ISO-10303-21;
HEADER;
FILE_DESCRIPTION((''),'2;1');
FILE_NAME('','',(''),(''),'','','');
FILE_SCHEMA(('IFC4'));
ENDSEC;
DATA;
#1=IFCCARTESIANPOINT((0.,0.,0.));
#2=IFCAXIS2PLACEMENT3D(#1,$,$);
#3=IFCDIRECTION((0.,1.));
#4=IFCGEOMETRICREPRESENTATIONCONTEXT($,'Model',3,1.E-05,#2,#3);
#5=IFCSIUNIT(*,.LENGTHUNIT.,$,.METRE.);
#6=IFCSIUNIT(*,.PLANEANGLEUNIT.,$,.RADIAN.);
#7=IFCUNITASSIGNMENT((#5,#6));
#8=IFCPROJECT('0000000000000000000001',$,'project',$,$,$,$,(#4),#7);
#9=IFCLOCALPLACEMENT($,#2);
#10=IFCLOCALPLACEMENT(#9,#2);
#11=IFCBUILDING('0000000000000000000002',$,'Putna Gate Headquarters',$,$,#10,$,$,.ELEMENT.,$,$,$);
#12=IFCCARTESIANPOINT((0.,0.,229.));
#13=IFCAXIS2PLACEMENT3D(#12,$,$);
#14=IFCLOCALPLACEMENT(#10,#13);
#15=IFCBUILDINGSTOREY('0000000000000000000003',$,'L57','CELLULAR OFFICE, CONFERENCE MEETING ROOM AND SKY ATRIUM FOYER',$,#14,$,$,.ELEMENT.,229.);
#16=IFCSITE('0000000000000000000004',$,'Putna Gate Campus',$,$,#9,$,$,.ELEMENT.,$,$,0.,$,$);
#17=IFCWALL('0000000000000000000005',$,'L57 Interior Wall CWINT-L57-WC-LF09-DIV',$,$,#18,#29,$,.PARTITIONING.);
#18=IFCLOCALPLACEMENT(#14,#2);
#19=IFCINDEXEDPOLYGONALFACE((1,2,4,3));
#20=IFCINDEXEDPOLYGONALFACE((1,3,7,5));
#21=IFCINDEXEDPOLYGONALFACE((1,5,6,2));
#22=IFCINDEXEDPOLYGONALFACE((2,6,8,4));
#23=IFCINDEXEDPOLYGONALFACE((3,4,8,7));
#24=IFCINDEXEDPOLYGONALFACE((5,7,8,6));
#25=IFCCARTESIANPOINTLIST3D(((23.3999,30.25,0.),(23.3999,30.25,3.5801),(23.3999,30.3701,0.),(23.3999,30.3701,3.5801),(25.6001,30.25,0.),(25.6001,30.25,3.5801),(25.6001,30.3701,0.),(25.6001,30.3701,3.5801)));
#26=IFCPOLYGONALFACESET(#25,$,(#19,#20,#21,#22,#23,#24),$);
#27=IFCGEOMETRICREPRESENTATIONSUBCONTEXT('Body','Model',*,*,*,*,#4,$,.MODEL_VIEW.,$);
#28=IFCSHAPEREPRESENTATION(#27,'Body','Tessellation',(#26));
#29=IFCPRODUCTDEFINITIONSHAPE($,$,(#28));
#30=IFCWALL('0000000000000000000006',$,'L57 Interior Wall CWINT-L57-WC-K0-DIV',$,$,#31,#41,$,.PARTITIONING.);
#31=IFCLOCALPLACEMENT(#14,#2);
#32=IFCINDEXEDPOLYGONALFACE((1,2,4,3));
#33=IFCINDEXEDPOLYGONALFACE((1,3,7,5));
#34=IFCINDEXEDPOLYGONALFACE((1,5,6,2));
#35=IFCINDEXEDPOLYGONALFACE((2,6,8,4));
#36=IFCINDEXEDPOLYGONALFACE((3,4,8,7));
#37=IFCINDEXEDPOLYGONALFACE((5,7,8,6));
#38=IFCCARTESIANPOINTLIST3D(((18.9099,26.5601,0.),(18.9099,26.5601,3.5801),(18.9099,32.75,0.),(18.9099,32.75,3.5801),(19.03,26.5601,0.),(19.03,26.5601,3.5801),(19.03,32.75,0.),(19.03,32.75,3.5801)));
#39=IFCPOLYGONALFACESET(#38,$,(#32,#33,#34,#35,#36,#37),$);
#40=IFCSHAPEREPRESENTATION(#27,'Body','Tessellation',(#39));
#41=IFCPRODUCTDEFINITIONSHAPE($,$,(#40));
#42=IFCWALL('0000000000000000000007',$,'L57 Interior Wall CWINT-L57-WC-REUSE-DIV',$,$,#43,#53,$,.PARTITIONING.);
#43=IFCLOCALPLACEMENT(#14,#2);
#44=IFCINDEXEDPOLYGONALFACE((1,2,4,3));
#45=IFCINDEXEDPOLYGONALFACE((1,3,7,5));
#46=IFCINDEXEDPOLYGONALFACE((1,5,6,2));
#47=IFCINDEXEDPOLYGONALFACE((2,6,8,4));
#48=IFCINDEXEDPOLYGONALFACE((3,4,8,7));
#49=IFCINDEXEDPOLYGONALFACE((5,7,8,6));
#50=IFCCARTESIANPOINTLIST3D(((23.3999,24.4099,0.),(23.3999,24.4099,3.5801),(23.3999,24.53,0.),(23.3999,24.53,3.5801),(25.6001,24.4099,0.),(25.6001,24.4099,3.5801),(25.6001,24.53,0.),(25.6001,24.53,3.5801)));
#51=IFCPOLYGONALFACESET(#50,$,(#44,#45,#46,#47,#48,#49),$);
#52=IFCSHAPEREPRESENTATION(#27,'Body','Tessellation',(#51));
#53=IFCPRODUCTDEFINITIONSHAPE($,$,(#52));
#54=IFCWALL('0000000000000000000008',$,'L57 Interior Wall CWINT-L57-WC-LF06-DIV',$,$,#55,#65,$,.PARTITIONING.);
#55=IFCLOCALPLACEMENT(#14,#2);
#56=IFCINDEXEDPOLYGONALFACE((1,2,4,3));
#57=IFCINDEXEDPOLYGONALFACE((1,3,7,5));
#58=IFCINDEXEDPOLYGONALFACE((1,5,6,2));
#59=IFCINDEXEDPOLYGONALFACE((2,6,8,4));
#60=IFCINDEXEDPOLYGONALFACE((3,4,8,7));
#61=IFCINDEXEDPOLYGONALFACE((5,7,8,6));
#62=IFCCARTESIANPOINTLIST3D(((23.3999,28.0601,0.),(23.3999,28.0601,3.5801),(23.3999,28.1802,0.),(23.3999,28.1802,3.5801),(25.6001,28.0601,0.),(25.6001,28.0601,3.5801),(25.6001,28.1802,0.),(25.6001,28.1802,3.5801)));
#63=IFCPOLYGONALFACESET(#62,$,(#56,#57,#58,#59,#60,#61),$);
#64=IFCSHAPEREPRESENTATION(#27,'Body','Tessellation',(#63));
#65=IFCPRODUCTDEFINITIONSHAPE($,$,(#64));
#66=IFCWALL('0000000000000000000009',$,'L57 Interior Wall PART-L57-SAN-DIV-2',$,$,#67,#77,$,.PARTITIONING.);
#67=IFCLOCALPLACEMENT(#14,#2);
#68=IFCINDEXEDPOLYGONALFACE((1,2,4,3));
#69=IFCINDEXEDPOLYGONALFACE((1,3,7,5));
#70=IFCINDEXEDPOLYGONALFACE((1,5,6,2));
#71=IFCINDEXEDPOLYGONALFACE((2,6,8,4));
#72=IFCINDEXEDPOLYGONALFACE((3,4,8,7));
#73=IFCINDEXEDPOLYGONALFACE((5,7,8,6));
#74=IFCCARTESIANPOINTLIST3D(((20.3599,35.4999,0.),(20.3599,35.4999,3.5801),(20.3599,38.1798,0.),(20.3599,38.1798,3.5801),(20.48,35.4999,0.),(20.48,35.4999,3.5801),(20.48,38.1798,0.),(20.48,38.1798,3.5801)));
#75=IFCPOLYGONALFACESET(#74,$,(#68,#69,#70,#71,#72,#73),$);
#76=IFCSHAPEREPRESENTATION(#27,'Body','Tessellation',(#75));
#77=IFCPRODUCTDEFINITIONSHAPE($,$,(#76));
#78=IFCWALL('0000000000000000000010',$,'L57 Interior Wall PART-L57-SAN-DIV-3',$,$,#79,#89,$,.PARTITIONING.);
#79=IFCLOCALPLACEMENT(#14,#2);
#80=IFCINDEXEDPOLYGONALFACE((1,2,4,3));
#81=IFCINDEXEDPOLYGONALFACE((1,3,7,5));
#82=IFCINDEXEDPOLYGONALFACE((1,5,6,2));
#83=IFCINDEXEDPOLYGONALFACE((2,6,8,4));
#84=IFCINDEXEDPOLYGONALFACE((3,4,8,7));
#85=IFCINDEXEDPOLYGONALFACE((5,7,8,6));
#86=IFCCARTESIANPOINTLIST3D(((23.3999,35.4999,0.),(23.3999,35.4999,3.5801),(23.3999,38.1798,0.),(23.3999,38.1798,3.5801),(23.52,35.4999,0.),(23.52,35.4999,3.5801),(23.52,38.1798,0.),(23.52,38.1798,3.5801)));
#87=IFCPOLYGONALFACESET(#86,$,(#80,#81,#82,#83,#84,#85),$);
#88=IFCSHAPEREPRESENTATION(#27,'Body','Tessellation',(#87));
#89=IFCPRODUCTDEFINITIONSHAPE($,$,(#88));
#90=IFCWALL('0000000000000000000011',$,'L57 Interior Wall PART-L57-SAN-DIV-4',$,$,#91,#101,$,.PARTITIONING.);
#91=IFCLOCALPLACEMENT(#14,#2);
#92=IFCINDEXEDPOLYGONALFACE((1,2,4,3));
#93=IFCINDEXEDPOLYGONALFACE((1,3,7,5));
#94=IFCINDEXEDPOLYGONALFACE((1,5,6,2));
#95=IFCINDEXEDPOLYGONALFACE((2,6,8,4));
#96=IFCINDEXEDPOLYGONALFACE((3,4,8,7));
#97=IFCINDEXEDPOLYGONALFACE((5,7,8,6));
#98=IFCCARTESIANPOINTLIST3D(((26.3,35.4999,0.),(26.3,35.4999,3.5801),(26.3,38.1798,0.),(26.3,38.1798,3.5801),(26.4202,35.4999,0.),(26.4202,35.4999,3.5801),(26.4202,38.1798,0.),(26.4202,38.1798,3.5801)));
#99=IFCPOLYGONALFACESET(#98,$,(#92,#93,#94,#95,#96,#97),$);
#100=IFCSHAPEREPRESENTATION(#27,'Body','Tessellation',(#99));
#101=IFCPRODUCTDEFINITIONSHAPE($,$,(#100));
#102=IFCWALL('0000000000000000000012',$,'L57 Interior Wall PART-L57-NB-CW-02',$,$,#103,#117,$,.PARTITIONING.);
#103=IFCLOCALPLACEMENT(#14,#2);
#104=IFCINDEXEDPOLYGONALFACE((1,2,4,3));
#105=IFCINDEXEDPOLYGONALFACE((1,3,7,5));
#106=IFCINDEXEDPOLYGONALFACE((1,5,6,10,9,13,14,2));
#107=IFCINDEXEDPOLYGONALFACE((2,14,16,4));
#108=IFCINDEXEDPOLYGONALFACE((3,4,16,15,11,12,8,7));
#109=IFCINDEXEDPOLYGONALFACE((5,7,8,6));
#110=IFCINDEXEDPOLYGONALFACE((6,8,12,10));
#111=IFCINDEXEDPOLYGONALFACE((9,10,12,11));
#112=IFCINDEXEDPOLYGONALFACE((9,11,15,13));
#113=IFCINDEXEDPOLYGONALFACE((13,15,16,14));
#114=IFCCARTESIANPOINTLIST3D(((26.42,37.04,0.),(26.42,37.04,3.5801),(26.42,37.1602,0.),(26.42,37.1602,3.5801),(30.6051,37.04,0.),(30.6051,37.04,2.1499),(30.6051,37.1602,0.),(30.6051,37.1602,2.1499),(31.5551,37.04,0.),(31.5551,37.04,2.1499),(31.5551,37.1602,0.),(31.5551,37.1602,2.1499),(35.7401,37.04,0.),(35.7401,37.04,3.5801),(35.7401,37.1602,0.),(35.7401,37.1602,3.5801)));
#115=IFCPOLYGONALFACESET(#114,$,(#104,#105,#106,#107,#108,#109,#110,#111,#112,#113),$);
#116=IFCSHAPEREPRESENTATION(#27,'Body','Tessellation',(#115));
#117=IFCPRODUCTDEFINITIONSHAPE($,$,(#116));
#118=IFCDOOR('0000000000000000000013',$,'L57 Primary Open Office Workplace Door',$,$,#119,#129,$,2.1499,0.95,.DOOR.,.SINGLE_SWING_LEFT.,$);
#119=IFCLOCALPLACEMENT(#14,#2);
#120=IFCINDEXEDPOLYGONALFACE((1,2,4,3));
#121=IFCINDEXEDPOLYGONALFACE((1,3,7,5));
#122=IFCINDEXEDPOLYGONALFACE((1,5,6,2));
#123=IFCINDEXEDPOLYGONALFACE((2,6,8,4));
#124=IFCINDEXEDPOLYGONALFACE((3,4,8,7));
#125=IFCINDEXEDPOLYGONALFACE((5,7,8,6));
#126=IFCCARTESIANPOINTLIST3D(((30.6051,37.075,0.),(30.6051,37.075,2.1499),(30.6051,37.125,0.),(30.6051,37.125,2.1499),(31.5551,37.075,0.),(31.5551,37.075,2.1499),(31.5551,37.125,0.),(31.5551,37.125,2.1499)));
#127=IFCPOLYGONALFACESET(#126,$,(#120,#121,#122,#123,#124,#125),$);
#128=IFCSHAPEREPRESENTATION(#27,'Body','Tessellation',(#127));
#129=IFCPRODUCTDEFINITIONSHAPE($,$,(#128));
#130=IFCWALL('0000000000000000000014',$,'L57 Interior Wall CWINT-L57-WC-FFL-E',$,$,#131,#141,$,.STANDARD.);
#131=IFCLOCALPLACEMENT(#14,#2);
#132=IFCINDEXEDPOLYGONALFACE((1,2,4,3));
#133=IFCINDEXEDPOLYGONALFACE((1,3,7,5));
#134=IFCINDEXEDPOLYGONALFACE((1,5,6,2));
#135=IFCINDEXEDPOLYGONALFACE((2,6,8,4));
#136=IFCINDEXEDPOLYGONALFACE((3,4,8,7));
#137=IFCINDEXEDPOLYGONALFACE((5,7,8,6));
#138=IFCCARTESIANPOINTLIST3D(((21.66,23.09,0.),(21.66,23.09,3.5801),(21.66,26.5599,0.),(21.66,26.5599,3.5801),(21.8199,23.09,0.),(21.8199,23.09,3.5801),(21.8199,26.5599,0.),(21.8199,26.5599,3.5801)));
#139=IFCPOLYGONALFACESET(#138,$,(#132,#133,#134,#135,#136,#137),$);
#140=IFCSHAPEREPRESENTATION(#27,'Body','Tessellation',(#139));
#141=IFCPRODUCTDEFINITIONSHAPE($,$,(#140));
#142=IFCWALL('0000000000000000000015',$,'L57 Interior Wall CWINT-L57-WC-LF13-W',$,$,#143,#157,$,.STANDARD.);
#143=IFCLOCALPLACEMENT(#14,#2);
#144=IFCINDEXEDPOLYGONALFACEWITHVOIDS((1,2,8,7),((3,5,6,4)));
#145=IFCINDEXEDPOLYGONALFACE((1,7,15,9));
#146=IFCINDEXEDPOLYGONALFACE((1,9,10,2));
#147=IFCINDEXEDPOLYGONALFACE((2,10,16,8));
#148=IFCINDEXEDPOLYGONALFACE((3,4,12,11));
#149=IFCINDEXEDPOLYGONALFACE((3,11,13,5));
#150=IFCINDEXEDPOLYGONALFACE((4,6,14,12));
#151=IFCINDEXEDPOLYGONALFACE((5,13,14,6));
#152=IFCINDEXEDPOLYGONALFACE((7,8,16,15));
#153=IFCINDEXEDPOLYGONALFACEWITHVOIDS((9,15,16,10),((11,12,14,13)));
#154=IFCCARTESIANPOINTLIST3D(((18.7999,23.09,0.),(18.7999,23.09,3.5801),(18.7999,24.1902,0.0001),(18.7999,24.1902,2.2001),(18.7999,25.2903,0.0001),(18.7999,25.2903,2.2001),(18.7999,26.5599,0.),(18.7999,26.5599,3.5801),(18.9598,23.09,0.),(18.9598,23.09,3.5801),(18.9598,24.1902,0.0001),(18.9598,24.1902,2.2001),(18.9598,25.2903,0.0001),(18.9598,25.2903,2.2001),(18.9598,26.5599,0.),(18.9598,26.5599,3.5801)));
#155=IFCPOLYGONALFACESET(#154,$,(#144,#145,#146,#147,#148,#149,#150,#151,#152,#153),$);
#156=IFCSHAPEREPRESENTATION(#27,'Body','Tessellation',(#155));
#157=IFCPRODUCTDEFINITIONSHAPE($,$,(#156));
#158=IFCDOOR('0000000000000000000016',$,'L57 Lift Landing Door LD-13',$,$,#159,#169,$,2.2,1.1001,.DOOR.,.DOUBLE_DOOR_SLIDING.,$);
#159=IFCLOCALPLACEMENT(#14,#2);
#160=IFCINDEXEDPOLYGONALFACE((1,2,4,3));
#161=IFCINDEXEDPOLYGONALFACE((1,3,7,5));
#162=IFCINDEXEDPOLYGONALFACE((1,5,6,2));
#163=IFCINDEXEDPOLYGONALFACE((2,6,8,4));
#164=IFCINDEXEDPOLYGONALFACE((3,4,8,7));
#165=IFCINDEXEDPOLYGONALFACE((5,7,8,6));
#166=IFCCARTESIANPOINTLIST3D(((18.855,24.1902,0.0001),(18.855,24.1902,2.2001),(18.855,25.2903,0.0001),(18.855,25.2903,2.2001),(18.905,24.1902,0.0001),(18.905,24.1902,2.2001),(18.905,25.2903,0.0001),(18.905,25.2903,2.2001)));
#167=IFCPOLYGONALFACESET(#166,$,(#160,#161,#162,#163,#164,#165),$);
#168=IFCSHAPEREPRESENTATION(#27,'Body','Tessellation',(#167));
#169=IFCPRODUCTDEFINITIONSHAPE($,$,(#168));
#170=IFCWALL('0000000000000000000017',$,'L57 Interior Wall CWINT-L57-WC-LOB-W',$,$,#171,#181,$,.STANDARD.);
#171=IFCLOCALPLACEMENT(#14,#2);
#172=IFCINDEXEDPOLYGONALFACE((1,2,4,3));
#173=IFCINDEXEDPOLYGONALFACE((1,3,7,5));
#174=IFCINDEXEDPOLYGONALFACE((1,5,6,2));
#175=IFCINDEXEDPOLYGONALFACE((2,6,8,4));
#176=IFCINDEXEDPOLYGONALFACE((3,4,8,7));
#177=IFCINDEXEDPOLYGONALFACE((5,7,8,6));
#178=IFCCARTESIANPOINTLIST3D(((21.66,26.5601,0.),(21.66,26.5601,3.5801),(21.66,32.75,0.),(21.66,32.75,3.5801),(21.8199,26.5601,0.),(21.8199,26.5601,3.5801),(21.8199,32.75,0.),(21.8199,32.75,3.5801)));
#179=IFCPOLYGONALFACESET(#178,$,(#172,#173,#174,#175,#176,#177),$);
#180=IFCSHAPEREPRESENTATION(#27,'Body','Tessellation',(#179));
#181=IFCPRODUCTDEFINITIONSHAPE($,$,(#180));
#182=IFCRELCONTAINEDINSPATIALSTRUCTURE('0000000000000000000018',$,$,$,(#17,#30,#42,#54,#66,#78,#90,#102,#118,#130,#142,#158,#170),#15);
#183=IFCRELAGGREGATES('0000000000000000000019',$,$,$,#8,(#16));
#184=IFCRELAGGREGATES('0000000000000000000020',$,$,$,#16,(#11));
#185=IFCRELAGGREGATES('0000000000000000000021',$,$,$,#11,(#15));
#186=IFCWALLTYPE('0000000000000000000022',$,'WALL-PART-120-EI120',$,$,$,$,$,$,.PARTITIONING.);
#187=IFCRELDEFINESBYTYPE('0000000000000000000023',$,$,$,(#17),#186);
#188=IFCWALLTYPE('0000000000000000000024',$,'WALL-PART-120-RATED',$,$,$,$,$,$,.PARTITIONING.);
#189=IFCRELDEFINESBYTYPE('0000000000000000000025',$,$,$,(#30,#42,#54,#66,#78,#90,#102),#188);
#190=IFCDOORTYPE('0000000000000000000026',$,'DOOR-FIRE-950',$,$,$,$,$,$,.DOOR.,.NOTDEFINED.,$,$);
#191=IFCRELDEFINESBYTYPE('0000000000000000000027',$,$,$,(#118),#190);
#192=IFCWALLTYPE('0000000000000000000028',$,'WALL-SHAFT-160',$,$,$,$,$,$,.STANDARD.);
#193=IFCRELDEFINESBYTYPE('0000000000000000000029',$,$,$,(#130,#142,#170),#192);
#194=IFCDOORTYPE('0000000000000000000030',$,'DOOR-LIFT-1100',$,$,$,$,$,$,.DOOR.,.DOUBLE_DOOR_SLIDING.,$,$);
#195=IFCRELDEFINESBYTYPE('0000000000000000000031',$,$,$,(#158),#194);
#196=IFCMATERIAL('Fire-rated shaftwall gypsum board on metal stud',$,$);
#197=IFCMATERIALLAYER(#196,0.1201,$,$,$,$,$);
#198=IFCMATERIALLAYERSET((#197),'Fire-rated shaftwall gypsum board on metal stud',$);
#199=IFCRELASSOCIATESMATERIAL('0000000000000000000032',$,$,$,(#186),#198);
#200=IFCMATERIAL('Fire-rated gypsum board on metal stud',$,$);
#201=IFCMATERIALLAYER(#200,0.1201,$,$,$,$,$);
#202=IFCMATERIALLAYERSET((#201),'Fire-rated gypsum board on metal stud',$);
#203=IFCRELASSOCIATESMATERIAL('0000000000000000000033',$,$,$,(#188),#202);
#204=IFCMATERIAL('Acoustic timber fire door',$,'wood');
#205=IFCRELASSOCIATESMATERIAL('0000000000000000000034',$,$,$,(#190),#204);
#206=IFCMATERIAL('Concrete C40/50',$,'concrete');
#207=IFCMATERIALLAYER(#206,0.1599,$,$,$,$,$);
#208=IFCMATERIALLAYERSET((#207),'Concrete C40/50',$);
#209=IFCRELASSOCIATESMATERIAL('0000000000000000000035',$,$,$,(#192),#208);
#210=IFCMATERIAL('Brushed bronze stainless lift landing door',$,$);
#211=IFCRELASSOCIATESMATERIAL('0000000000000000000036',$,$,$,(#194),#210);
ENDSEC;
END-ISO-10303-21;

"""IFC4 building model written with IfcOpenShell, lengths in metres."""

from ifc_helpers import new_model, si_unit, direction, frame, frame_2d, origin, place, context, subcontext, project, spatial, rectangle, extrude, material, layer, layer_set, type_object, element, fill, save


model = new_model("IFC4")

# Units and contexts
model_context = context("Model", 3, precision=1e-05, world=origin(), true_north=direction((0.0, 1.0)))
body_context = subcontext(model_context, "Body", "Model", "MODEL_VIEW")
ifc_project = project(units=[si_unit("LENGTHUNIT", "METRE"), si_unit("PLANEANGLEUNIT", "RADIAN")], contexts=[model_context])

# Site, building, storey
site_placement = place(None, origin())
site = spatial("IfcSite", under=ifc_project, at=site_placement, Name="Putna Gate Campus", CompositionType="ELEMENT", RefElevation=0.0)
building_placement = place(site_placement, origin())
building = spatial("IfcBuilding", under=site, at=building_placement, Name="Putna Gate Headquarters", CompositionType="ELEMENT")
storey_placement = place(building_placement, frame((0.0, 0.0, 229.0)))
storey = spatial("IfcBuildingStorey", under=building, at=storey_placement, Name="L57", Description="CELLULAR OFFICE, CONFERENCE MEETING ROOM AND SKY ATRIUM FOYER", CompositionType="ELEMENT", Elevation=229.0)

# Walls
ifc_material_1 = material(Name="Fire-rated shaftwall gypsum board on metal stud")
ifc_layer_1 = layer(ifc_material_1, 0.1201)
ifc_layer_set_1 = layer_set([ifc_layer_1], Name="Fire-rated shaftwall gypsum board on metal stud")
wall_type_1 = type_object("IfcWallType", Name="WALL-PART-120-EI120", PredefinedType="PARTITIONING", material=ifc_layer_set_1)
wall_1_placement = place(storey_placement, frame((23.3999, 30.3101, 0.0), z_axis=(0.0, 0.0, 1.0), x_axis=(1.0, 0.0, 0.0)))
element("IfcWall", 1, at=wall_1_placement, inside=storey, type_object=wall_type_1, Name="L57 Interior Wall CWINT-L57-WC-LF09-DIV", PredefinedType="PARTITIONING", context=body_context, shape_type="SweptSolid", body=[
    extrude(rectangle(XDim=2.2002, YDim=0.1201, at=frame_2d((1.1001, 0.0))), origin(), (0.0, 0.0, 1.0), 3.5801),
])
ifc_material_2 = material(Name="Fire-rated gypsum board on metal stud")
ifc_layer_2 = layer(ifc_material_2, 0.1201)
ifc_layer_set_2 = layer_set([ifc_layer_2], Name="Fire-rated gypsum board on metal stud")
wall_type_2 = type_object("IfcWallType", Name="WALL-PART-120-RATED", PredefinedType="PARTITIONING", material=ifc_layer_set_2)
wall_2_placement = place(storey_placement, frame((18.97, 26.5601, 0.0), z_axis=(0.0, 0.0, 1.0), x_axis=(0.0, 1.0, 0.0)))
element("IfcWall", 2, at=wall_2_placement, inside=storey, type_object=wall_type_2, Name="L57 Interior Wall CWINT-L57-WC-K0-DIV", PredefinedType="PARTITIONING", context=body_context, shape_type="SweptSolid", body=[
    extrude(rectangle(XDim=6.1899, YDim=0.1201, at=frame_2d((3.095, 0.0))), origin(), (0.0, 0.0, 1.0), 3.5801),
])
for number, where, z_axis, x_axis, name in (
    (3, (23.3999, 24.47, 0.0), (0.0, 0.0, 1.0), (1.0, 0.0, 0.0), "L57 Interior Wall CWINT-L57-WC-REUSE-DIV"),
    (4, (23.3999, 28.1201, 0.0), (0.0, 0.0, 1.0), (1.0, 0.0, 0.0), "L57 Interior Wall CWINT-L57-WC-LF06-DIV"),
):
    element("IfcWall", number, at=place(storey_placement, frame(where, z_axis=z_axis, x_axis=x_axis)), inside=storey, type_object=wall_type_2, Name=name, PredefinedType="PARTITIONING", context=body_context, shape_type="SweptSolid", body=[
        extrude(rectangle(XDim=2.2002, YDim=0.1201, at=frame_2d((1.1001, 0.0))), origin(), (0.0, 0.0, 1.0), 3.5801),
    ])
for number, where, z_axis, x_axis, name in (
    (5, (20.4199, 35.5, 0.0), (0.0, 0.0, 1.0), (0.0, 1.0, 0.0), "L57 Interior Wall PART-L57-SAN-DIV-2"),
    (6, (23.46, 35.5, 0.0), (0.0, 0.0, 1.0), (0.0, 1.0, 0.0), "L57 Interior Wall PART-L57-SAN-DIV-3"),
    (7, (26.3601, 35.5, 0.0), (0.0, 0.0, 1.0), (0.0, 1.0, 0.0), "L57 Interior Wall PART-L57-SAN-DIV-4"),
):
    element("IfcWall", number, at=place(storey_placement, frame(where, z_axis=z_axis, x_axis=x_axis)), inside=storey, type_object=wall_type_2, Name=name, PredefinedType="PARTITIONING", context=body_context, shape_type="SweptSolid", body=[
        extrude(rectangle(XDim=2.6799, YDim=0.1201, at=frame_2d((1.3398, 0.0))), origin(), (0.0, 0.0, 1.0), 3.5801),
    ])

# Wall, opening, door
wall_3_placement = place(storey_placement, frame((26.4199, 37.1001, 0.0), z_axis=(0.0, 0.0, 1.0), x_axis=(1.0, 0.0, 0.0)))
wall_3 = element("IfcWall", 8, at=wall_3_placement, inside=storey, type_object=wall_type_2, Name="L57 Interior Wall PART-L57-NB-CW-02", PredefinedType="PARTITIONING", context=body_context, shape_type="SweptSolid", body=[
    extrude(rectangle(XDim=9.3201, YDim=0.1201, at=frame_2d((4.6602, 0.0))), origin(), (0.0, 0.0, 1.0), 3.5801),
])
opening_1_placement = place(wall_3_placement, frame((4.1851, 0.0, 0.0)))
opening_1 = element("IfcOpeningElement", 9, at=opening_1_placement, cuts=wall_3, PredefinedType="OPENING", context=body_context, shape_type="SweptSolid", body=[
    extrude(rectangle(XDim=0.95, YDim=2.1499, at=frame_2d((0.4751, 1.075))), frame((0.0, 0.0701, 0.0), z_axis=(0.0, -1.0, 0.0), x_axis=(1.0, 0.0, 0.0)), (0.0, 0.0, 1.0), 0.1401),
])
ifc_material_3 = material(Name="Acoustic timber fire door", Category="wood")
door_type_1 = type_object("IfcDoorType", Name="DOOR-FIRE-950", OperationType="NOTDEFINED", PredefinedType="DOOR", material=ifc_material_3)
door_1_placement = place(opening_1_placement, origin())
door_1 = element("IfcDoor", 10, at=door_1_placement, inside=storey, type_object=door_type_1, Name="L57 Primary Open Office Workplace Door", OperationType="SINGLE_SWING_LEFT", OverallHeight=2.1499, OverallWidth=0.95, PredefinedType="DOOR", context=body_context, shape_type="SweptSolid", body=[
    extrude(rectangle(XDim=0.95, YDim=2.1499, at=frame_2d((0.4751, 1.075))), frame((0.0, 0.0249, 0.0), z_axis=(0.0, -1.0, 0.0), x_axis=(1.0, 0.0, 0.0)), (0.0, 0.0, 1.0), 0.05),
])
fill(opening_1, door_1)

# Wall
ifc_material_4 = material(Name="Concrete C40/50", Category="concrete")
ifc_layer_3 = layer(ifc_material_4, 0.1599)
ifc_layer_set_3 = layer_set([ifc_layer_3], Name="Concrete C40/50")
wall_type_3 = type_object("IfcWallType", Name="WALL-SHAFT-160", PredefinedType="STANDARD", material=ifc_layer_set_3)
wall_4_placement = place(storey_placement, frame((21.74, 23.0901, 0.0), z_axis=(0.0, 0.0, 1.0), x_axis=(0.0, 1.0, 0.0)))
element("IfcWall", 11, at=wall_4_placement, inside=storey, type_object=wall_type_3, Name="L57 Interior Wall CWINT-L57-WC-FFL-E", PredefinedType="STANDARD", context=body_context, shape_type="SweptSolid", body=[
    extrude(rectangle(XDim=3.47, YDim=0.1599, at=frame_2d((1.7349, 0.0))), origin(), (0.0, 0.0, 1.0), 3.5801),
])

# Wall, opening, door
wall_5_placement = place(storey_placement, frame((18.8799, 23.0901, 0.0), z_axis=(0.0, 0.0, 1.0), x_axis=(0.0, 1.0, 0.0)))
wall_5 = element("IfcWall", 12, at=wall_5_placement, inside=storey, type_object=wall_type_3, Name="L57 Interior Wall CWINT-L57-WC-LF13-W", PredefinedType="STANDARD", context=body_context, shape_type="SweptSolid", body=[
    extrude(rectangle(XDim=3.47, YDim=0.1599, at=frame_2d((1.7349, 0.0))), origin(), (0.0, 0.0, 1.0), 3.5801),
])
opening_2_placement = place(wall_5_placement, frame((1.1001, 0.0, 0.0)))
opening_2 = element("IfcOpeningElement", 13, at=opening_2_placement, cuts=wall_5, PredefinedType="OPENING", context=body_context, shape_type="SweptSolid", body=[
    extrude(rectangle(XDim=1.1001, YDim=2.2, at=frame_2d((0.55, 1.1001))), frame((0.0, 0.0898, 0.0), z_axis=(0.0, -1.0, 0.0), x_axis=(1.0, 0.0, 0.0)), (0.0, 0.0, 1.0), 0.1799),
])
ifc_material_5 = material(Name="Brushed bronze stainless lift landing door")
door_type_2 = type_object("IfcDoorType", Name="DOOR-LIFT-1100", OperationType="DOUBLE_DOOR_SLIDING", PredefinedType="DOOR", material=ifc_material_5)
door_2_placement = place(opening_2_placement, origin())
door_2 = element("IfcDoor", 14, at=door_2_placement, inside=storey, type_object=door_type_2, Name="L57 Lift Landing Door LD-13", OperationType="DOUBLE_DOOR_SLIDING", OverallHeight=2.2, OverallWidth=1.1001, PredefinedType="DOOR", context=body_context, shape_type="SweptSolid", body=[
    extrude(rectangle(XDim=1.1001, YDim=2.2, at=frame_2d((0.55, 1.1001))), frame((0.0, 0.0249, 0.0), z_axis=(0.0, -1.0, 0.0), x_axis=(1.0, 0.0, 0.0)), (0.0, 0.0, 1.0), 0.05),
])
fill(opening_2, door_2)

# Wall
wall_6_placement = place(storey_placement, frame((21.74, 26.5601, 0.0), z_axis=(0.0, 0.0, 1.0), x_axis=(0.0, 1.0, 0.0)))
element("IfcWall", 15, at=wall_6_placement, inside=storey, type_object=wall_type_3, Name="L57 Interior Wall CWINT-L57-WC-LOB-W", PredefinedType="STANDARD", context=body_context, shape_type="SweptSolid", body=[
    extrude(rectangle(XDim=6.1899, YDim=0.1599, at=frame_2d((3.095, 0.0))), origin(), (0.0, 0.0, 1.0), 3.5801),
])

save(model, "model.ifc")
